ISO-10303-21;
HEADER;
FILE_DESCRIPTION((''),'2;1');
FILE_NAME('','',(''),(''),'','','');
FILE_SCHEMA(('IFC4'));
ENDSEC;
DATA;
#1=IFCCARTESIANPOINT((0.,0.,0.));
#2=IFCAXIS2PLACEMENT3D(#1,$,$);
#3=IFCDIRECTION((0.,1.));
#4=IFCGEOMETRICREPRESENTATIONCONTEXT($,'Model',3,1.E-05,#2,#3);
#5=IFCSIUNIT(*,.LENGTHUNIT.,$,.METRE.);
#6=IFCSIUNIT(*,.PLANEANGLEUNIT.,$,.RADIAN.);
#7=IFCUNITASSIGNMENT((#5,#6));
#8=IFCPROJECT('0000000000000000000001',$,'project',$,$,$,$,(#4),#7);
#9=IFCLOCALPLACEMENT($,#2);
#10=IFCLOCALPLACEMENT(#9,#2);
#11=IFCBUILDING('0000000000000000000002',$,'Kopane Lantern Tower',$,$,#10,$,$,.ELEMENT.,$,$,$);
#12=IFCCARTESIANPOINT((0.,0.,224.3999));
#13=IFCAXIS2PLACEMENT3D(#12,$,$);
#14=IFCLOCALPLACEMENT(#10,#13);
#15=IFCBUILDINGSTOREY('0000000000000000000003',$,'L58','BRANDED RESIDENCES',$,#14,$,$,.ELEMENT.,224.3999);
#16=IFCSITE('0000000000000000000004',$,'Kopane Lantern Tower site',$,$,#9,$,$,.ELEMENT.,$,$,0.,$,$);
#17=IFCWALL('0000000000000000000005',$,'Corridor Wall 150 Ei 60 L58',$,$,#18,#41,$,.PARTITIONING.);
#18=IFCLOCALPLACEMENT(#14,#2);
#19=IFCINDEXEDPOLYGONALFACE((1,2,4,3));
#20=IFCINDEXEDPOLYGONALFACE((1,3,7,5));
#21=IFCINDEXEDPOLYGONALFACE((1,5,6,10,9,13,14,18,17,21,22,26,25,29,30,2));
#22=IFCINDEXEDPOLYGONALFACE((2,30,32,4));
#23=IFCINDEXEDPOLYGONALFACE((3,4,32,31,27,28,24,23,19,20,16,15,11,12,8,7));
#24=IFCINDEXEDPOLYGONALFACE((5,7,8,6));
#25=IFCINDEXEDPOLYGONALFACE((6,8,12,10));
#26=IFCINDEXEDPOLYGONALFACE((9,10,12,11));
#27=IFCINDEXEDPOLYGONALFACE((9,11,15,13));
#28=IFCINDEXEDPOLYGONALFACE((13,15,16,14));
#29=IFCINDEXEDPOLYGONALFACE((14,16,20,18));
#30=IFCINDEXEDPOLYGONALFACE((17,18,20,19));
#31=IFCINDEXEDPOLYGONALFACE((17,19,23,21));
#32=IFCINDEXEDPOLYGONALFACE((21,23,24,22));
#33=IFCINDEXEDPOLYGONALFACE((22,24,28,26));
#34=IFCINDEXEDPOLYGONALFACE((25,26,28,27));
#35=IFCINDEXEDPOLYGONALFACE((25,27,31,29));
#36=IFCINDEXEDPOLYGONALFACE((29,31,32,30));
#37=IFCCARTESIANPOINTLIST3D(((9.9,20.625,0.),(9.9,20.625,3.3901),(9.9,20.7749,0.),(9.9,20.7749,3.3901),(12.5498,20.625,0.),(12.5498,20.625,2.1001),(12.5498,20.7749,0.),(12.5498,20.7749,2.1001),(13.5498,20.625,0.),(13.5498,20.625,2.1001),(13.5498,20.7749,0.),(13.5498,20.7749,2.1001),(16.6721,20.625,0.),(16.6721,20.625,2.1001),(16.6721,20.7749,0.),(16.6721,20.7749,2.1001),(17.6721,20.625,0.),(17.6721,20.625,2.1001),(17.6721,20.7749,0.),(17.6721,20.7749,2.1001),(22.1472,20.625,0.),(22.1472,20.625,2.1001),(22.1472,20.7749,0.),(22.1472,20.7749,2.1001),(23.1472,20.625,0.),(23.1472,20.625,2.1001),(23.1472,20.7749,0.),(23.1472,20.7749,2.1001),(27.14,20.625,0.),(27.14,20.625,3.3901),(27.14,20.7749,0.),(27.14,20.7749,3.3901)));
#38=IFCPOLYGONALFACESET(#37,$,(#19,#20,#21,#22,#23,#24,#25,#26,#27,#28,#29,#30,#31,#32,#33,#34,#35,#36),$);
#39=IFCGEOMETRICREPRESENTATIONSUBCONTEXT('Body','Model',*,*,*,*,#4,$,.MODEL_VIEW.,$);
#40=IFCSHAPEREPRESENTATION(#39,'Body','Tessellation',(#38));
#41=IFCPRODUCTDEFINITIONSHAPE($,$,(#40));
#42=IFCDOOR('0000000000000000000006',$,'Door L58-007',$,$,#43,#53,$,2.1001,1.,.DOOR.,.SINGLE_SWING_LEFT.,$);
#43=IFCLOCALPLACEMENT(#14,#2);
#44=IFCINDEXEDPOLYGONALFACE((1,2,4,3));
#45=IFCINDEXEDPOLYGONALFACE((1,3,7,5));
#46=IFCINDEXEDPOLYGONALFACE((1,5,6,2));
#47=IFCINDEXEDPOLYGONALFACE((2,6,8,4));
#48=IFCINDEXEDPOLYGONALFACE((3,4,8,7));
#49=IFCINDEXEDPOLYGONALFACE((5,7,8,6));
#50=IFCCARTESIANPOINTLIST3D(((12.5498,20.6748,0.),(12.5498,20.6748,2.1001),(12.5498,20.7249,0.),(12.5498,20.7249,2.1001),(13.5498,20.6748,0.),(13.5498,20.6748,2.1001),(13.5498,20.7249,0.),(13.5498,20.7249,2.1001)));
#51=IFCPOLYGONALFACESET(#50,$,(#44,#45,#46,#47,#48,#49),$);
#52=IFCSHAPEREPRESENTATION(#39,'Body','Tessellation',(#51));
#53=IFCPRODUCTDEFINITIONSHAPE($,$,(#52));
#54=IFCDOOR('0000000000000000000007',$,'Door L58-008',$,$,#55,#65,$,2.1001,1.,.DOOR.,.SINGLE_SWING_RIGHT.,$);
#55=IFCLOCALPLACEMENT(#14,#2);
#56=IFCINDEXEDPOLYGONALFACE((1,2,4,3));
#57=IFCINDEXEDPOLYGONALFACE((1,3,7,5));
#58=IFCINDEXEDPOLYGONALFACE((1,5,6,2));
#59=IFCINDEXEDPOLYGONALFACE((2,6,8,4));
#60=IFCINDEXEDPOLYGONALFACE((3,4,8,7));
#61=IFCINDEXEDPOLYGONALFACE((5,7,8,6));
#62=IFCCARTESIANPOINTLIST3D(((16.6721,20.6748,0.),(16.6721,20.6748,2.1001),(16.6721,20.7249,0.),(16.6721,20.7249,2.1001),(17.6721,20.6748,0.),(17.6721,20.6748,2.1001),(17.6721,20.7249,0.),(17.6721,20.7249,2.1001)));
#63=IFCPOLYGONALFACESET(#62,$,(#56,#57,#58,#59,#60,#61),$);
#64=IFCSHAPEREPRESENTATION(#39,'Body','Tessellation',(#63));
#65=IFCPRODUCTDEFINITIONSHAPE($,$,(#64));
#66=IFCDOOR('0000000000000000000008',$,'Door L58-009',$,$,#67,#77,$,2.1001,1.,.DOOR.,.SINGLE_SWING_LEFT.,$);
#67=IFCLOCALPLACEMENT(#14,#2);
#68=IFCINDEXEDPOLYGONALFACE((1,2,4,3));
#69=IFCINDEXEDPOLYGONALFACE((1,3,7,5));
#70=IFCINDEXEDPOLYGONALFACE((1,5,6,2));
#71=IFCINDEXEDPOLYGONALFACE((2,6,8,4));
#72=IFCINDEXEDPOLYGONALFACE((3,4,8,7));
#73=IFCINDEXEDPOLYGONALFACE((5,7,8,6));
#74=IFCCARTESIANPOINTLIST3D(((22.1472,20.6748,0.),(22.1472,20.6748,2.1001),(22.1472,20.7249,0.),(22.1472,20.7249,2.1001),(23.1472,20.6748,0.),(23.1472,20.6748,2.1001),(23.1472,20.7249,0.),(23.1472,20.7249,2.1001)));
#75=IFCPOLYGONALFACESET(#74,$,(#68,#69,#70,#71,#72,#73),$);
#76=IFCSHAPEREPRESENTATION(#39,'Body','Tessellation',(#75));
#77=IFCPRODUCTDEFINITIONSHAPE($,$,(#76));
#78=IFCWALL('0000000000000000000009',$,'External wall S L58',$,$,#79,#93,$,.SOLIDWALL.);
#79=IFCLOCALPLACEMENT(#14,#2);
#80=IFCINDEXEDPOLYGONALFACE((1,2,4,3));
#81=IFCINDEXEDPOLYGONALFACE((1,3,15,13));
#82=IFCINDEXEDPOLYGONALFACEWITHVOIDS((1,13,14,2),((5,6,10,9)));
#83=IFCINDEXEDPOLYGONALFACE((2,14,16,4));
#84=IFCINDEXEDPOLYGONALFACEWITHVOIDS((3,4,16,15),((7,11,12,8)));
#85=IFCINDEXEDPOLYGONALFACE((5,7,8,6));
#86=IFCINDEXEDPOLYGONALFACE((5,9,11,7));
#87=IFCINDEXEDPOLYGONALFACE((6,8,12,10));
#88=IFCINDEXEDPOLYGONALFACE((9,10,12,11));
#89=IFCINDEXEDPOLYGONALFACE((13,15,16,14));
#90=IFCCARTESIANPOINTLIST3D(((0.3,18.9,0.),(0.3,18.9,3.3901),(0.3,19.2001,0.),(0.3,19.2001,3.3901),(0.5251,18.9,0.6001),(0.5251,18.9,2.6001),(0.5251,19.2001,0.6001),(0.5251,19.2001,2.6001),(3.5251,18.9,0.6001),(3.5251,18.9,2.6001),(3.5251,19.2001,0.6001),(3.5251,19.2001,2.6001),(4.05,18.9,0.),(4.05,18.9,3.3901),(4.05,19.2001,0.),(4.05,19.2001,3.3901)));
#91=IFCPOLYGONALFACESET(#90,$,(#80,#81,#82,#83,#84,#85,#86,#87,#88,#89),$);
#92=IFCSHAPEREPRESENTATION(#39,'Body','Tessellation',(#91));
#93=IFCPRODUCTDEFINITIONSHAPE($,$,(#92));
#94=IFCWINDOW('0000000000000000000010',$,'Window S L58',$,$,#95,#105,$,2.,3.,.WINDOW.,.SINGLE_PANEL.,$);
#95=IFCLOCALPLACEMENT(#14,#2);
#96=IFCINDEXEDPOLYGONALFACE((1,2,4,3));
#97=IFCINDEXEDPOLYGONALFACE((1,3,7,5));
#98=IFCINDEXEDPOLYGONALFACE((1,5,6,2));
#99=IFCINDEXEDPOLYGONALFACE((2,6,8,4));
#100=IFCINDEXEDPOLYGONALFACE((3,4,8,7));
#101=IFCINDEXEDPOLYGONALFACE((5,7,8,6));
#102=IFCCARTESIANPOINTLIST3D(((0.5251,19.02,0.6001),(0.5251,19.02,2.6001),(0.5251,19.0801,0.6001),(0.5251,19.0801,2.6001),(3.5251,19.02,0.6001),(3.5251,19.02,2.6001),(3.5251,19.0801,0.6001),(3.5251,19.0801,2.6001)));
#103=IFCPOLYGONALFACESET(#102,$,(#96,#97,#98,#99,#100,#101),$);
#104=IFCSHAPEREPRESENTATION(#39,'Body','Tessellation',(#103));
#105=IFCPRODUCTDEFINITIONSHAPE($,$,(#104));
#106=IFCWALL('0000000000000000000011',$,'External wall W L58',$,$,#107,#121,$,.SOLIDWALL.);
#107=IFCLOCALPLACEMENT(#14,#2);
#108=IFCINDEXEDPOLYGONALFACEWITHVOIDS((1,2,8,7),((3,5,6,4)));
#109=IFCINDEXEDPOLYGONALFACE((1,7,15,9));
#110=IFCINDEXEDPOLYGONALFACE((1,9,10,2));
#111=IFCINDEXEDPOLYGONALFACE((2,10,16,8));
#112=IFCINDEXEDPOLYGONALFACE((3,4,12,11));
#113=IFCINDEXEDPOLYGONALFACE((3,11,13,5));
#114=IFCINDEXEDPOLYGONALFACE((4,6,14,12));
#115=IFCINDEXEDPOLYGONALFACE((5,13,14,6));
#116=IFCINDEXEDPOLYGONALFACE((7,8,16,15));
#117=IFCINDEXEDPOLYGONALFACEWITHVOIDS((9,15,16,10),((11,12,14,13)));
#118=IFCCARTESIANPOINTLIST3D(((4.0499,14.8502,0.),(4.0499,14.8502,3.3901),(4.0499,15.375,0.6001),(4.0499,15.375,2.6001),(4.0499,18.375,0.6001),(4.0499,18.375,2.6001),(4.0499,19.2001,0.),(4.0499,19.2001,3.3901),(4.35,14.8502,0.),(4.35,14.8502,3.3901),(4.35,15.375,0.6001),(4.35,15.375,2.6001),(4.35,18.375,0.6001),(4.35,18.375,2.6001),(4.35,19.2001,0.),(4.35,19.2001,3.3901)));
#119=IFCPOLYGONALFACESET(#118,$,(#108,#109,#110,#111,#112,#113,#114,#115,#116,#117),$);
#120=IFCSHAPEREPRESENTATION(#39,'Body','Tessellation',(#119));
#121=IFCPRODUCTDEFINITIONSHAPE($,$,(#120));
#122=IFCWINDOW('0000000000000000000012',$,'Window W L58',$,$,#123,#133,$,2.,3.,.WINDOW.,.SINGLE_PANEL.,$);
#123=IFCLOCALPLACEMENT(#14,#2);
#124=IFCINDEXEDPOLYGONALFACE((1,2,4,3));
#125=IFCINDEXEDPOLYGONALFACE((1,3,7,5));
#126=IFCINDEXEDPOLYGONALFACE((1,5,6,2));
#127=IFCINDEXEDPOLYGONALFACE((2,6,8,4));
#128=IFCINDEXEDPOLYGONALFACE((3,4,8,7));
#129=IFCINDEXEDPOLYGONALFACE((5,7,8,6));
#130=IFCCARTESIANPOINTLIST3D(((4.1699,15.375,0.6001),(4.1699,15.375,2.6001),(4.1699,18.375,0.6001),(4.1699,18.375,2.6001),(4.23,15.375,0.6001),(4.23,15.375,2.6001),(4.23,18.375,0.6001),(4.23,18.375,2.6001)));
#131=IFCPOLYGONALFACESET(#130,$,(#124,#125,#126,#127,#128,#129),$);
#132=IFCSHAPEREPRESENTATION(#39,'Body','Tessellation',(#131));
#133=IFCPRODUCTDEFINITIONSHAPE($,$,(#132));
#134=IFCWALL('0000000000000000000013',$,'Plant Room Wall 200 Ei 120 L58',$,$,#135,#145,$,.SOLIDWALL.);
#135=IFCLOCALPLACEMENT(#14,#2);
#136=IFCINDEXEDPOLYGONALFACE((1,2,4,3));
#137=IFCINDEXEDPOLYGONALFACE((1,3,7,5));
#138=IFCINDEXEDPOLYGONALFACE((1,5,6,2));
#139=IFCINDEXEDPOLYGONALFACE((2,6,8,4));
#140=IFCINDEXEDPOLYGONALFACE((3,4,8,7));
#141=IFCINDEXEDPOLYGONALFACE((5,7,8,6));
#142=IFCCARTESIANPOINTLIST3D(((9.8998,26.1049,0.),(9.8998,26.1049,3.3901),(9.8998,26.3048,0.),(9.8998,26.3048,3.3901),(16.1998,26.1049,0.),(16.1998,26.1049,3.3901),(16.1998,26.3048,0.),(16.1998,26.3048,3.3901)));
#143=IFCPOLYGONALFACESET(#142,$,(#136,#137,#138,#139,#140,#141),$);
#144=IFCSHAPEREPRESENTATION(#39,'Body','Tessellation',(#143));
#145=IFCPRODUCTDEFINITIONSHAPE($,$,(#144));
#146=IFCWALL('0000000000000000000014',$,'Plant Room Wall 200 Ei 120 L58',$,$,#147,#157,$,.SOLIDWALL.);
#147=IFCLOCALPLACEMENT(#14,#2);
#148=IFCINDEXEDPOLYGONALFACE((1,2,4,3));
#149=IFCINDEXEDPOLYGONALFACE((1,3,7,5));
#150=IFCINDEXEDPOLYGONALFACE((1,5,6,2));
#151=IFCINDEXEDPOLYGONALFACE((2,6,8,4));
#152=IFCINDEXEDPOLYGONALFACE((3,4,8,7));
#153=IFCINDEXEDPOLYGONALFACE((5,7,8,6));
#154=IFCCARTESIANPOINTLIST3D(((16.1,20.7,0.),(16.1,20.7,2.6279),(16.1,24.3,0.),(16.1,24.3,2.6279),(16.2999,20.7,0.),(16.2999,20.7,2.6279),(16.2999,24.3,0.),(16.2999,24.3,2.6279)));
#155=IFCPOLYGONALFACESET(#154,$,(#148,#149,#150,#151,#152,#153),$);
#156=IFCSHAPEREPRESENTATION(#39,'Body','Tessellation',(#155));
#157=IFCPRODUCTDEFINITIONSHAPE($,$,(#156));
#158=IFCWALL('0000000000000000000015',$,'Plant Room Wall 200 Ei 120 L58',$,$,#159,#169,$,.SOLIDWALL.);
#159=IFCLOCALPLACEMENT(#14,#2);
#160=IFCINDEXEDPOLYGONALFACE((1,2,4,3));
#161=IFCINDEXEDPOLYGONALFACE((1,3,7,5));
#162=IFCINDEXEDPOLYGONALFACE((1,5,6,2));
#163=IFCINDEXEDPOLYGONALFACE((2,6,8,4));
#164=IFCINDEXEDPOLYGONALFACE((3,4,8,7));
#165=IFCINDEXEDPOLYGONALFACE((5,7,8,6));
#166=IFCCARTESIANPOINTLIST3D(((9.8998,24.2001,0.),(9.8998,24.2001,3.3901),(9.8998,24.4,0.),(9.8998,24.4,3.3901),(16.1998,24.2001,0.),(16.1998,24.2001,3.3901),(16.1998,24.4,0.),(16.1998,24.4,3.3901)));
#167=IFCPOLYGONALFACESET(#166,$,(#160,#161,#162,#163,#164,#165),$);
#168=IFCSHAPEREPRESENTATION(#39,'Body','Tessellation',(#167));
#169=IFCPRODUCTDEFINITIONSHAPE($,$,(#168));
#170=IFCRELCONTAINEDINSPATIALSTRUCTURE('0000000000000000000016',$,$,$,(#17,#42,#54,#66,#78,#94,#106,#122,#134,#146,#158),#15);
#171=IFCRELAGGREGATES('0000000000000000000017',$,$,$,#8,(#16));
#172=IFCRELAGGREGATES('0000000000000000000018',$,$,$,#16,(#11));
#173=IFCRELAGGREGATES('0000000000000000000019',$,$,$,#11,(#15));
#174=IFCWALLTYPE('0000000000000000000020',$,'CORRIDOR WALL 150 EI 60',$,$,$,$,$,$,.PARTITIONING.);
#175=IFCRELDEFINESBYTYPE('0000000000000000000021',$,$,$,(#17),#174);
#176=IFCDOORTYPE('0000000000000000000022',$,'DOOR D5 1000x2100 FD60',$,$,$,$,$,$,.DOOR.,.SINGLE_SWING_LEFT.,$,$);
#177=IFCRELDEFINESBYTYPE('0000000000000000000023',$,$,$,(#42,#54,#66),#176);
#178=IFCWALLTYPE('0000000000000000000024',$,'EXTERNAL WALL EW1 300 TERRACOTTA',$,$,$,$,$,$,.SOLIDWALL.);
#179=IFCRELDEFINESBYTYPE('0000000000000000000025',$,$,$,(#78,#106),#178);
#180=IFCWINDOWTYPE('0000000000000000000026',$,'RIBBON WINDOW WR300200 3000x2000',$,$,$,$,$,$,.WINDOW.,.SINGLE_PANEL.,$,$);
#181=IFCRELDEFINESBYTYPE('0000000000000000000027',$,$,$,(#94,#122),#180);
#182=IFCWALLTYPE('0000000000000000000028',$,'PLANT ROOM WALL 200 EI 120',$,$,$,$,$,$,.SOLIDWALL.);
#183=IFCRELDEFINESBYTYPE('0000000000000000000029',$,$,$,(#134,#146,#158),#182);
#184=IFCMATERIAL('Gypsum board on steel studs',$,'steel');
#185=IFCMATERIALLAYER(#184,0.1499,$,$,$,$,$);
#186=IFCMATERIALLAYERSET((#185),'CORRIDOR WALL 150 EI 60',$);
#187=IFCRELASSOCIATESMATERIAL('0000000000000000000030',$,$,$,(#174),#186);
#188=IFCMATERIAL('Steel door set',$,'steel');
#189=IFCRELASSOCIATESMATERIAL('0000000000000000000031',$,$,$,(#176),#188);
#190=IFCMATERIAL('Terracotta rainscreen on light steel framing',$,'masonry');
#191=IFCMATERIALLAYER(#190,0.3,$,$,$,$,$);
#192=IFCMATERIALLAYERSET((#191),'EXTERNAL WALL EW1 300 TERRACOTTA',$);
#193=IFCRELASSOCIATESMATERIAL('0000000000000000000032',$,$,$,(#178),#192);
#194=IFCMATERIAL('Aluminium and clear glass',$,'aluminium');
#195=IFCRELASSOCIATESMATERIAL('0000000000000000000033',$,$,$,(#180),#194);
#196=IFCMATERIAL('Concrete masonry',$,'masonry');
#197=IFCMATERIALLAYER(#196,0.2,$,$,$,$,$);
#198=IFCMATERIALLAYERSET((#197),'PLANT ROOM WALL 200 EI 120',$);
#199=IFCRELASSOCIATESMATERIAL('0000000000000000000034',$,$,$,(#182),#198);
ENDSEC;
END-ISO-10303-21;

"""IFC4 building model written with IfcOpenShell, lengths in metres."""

from ifc_helpers import new_model, si_unit, direction, frame, frame_2d, origin, place, context, subcontext, project, spatial, rectangle, extrude, material, layer, layer_set, type_object, element, fill, save


model = new_model("IFC4")

# Units and contexts
model_context = context("Model", 3, precision=1e-05, world=origin(), true_north=direction((0.0, 1.0)))
body_context = subcontext(model_context, "Body", "Model", "MODEL_VIEW")
ifc_project = project(units=[si_unit("LENGTHUNIT", "METRE"), si_unit("PLANEANGLEUNIT", "RADIAN")], contexts=[model_context])

# Site, building, storey
site_placement = place(None, origin())
site = spatial("IfcSite", under=ifc_project, at=site_placement, Name="Kopane Lantern Tower site", CompositionType="ELEMENT", RefElevation=0.0)
building_placement = place(site_placement, origin())
building = spatial("IfcBuilding", under=site, at=building_placement, Name="Kopane Lantern Tower", CompositionType="ELEMENT")
storey_placement = place(building_placement, frame((0.0, 0.0, 224.3999)))
storey = spatial("IfcBuildingStorey", under=building, at=storey_placement, Name="L58", Description="BRANDED RESIDENCES", CompositionType="ELEMENT", Elevation=224.3999)

# Wall, openings, doors
ifc_material_1 = material(Name="Gypsum board on steel studs", Category="steel")
ifc_layer_1 = layer(ifc_material_1, 0.1499)
ifc_layer_set_1 = layer_set([ifc_layer_1], Name="CORRIDOR WALL 150 EI 60")
wall_type_1 = type_object("IfcWallType", Name="CORRIDOR WALL 150 EI 60", PredefinedType="PARTITIONING", material=ifc_layer_set_1)
wall_1_placement = place(storey_placement, frame((9.8999, 20.7, 0.0), z_axis=(0.0, 0.0, 1.0), x_axis=(1.0, 0.0, 0.0)))
wall_1 = element("IfcWall", 1, at=wall_1_placement, inside=storey, type_object=wall_type_1, Name="Corridor Wall 150 Ei 60 L58", PredefinedType="PARTITIONING", context=body_context, shape_type="SweptSolid", body=[
    extrude(rectangle(XDim=17.24, YDim=0.1499, at=frame_2d((8.6201, 0.0))), origin(), (0.0, 0.0, 1.0), 3.3901),
])
opening_1_placement = place(wall_1_placement, frame((2.6499, 0.0, 0.0)))
opening_1 = element("IfcOpeningElement", 2, at=opening_1_placement, cuts=wall_1, PredefinedType="OPENING", context=body_context, shape_type="SweptSolid", body=[
    extrude(rectangle(XDim=1.0, YDim=2.1001, at=frame_2d((0.5, 1.05))), frame((0.0, 0.085, 0.0), z_axis=(0.0, -1.0, 0.0), x_axis=(1.0, 0.0, 0.0)), (0.0, 0.0, 1.0), 0.1699),
])
opening_2_placement = place(wall_1_placement, frame((6.7722, 0.0, 0.0)))
opening_2 = element("IfcOpeningElement", 3, at=opening_2_placement, cuts=wall_1, PredefinedType="OPENING", context=body_context, shape_type="SweptSolid", body=[
    extrude(rectangle(XDim=1.0, YDim=2.1001, at=frame_2d((0.5, 1.05))), frame((0.0, 0.085, 0.0), z_axis=(0.0, -1.0, 0.0), x_axis=(1.0, 0.0, 0.0)), (0.0, 0.0, 1.0), 0.1699),
])
opening_3_placement = place(wall_1_placement, frame((12.2473, 0.0, 0.0)))
opening_3 = element("IfcOpeningElement", 4, at=opening_3_placement, cuts=wall_1, PredefinedType="OPENING", context=body_context, shape_type="SweptSolid", body=[
    extrude(rectangle(XDim=1.0, YDim=2.1001, at=frame_2d((0.5, 1.05))), frame((0.0, 0.085, 0.0), z_axis=(0.0, -1.0, 0.0), x_axis=(1.0, 0.0, 0.0)), (0.0, 0.0, 1.0), 0.1699),
])
ifc_material_2 = material(Name="Steel door set", Category="steel")
door_type_1 = type_object("IfcDoorType", Name="DOOR D5 1000x2100 FD60", OperationType="SINGLE_SWING_LEFT", PredefinedType="DOOR", material=ifc_material_2)
door_1_placement = place(opening_1_placement, origin())
door_1 = element("IfcDoor", 5, at=door_1_placement, inside=storey, type_object=door_type_1, Name="Door L58-007", OperationType="SINGLE_SWING_LEFT", OverallHeight=2.1001, OverallWidth=1.0, PredefinedType="DOOR", context=body_context, shape_type="SweptSolid", body=[
    extrude(rectangle(XDim=1.0, YDim=2.1001, at=frame_2d((0.5, 1.05))), frame((0.0, 0.0249, 0.0), z_axis=(0.0, -1.0, 0.0), x_axis=(1.0, 0.0, 0.0)), (0.0, 0.0, 1.0), 0.05),
])
fill(opening_1, door_1)
door_2_placement = place(opening_2_placement, origin())
door_2 = element("IfcDoor", 6, at=door_2_placement, inside=storey, type_object=door_type_1, Name="Door L58-008", OperationType="SINGLE_SWING_RIGHT", OverallHeight=2.1001, OverallWidth=1.0, PredefinedType="DOOR", context=body_context, shape_type="SweptSolid", body=[
    extrude(rectangle(XDim=1.0, YDim=2.1001, at=frame_2d((0.5, 1.05))), frame((0.0, 0.0249, 0.0), z_axis=(0.0, -1.0, 0.0), x_axis=(1.0, 0.0, 0.0)), (0.0, 0.0, 1.0), 0.05),
])
fill(opening_2, door_2)
door_3_placement = place(opening_3_placement, origin())
door_3 = element("IfcDoor", 7, at=door_3_placement, inside=storey, type_object=door_type_1, Name="Door L58-009", OperationType="SINGLE_SWING_LEFT", OverallHeight=2.1001, OverallWidth=1.0, PredefinedType="DOOR", context=body_context, shape_type="SweptSolid", body=[
    extrude(rectangle(XDim=1.0, YDim=2.1001, at=frame_2d((0.5, 1.05))), frame((0.0, 0.0249, 0.0), z_axis=(0.0, -1.0, 0.0), x_axis=(1.0, 0.0, 0.0)), (0.0, 0.0, 1.0), 0.05),
])
fill(opening_3, door_3)

# Walls, openings, windows
ifc_material_3 = material(Name="Terracotta rainscreen on light steel framing", Category="masonry")
ifc_layer_2 = layer(ifc_material_3, 0.3)
ifc_layer_set_2 = layer_set([ifc_layer_2], Name="EXTERNAL WALL EW1 300 TERRACOTTA")
wall_type_2 = type_object("IfcWallType", Name="EXTERNAL WALL EW1 300 TERRACOTTA", PredefinedType="SOLIDWALL", material=ifc_layer_set_2)
wall_2_placement = place(storey_placement, frame((0.3, 19.05, 0.0), z_axis=(0.0, 0.0, 1.0), x_axis=(1.0, 0.0, 0.0)))
wall_2 = element("IfcWall", 8, at=wall_2_placement, inside=storey, type_object=wall_type_2, Name="External wall S L58", PredefinedType="SOLIDWALL", context=body_context, shape_type="SweptSolid", body=[
    extrude(rectangle(XDim=3.75, YDim=0.3, at=frame_2d((1.875, 0.0))), origin(), (0.0, 0.0, 1.0), 3.3901),
])
opening_4_placement = place(wall_2_placement, frame((0.2251, 0.0, 0.6001)))
opening_4 = element("IfcOpeningElement", 9, at=opening_4_placement, cuts=wall_2, PredefinedType="OPENING", context=body_context, shape_type="SweptSolid", body=[
    extrude(rectangle(XDim=3.0, YDim=2.0, at=frame_2d((1.5, 1.0))), frame((0.0, 0.1599, 0.0), z_axis=(0.0, -1.0, 0.0), x_axis=(1.0, 0.0, 0.0)), (0.0, 0.0, 1.0), 0.3201),
])
ifc_material_4 = material(Name="Aluminium and clear glass", Category="aluminium")
window_type = type_object("IfcWindowType", Name="RIBBON WINDOW WR300200 3000x2000", PartitioningType="SINGLE_PANEL", PredefinedType="WINDOW", material=ifc_material_4)
window_1_placement = place(opening_4_placement, origin())
window_1 = element("IfcWindow", 10, at=window_1_placement, inside=storey, type_object=window_type, Name="Window S L58", OverallHeight=2.0, OverallWidth=3.0, PartitioningType="SINGLE_PANEL", PredefinedType="WINDOW", context=body_context, shape_type="SweptSolid", body=[
    extrude(rectangle(XDim=3.0, YDim=2.0, at=frame_2d((1.5, 1.0))), frame((0.0, 0.03, 0.0), z_axis=(0.0, -1.0, 0.0), x_axis=(1.0, 0.0, 0.0)), (0.0, 0.0, 1.0), 0.0601),
])
fill(opening_4, window_1)
wall_3_placement = place(storey_placement, frame((4.2, 19.2, 0.0), z_axis=(0.0, 0.0, 1.0), x_axis=(0.0, -1.0, 0.0)))
wall_3 = element("IfcWall", 11, at=wall_3_placement, inside=storey, type_object=wall_type_2, Name="External wall W L58", PredefinedType="SOLIDWALL", context=body_context, shape_type="SweptSolid", body=[
    extrude(rectangle(XDim=4.3499, YDim=0.3, at=frame_2d((2.1748, 0.0))), origin(), (0.0, 0.0, 1.0), 3.3901),
])
opening_5_placement = place(wall_3_placement, frame((0.825, 0.0, 0.6001)))
opening_5 = element("IfcOpeningElement", 12, at=opening_5_placement, cuts=wall_3, PredefinedType="OPENING", context=body_context, shape_type="SweptSolid", body=[
    extrude(rectangle(XDim=3.0, YDim=2.0, at=frame_2d((1.5, 1.0))), frame((0.0, 0.1599, 0.0), z_axis=(0.0, -1.0, 0.0), x_axis=(1.0, 0.0, 0.0)), (0.0, 0.0, 1.0), 0.3201),
])
window_2_placement = place(opening_5_placement, origin())
window_2 = element("IfcWindow", 13, at=window_2_placement, inside=storey, type_object=window_type, Name="Window W L58", OverallHeight=2.0, OverallWidth=3.0, PartitioningType="SINGLE_PANEL", PredefinedType="WINDOW", context=body_context, shape_type="SweptSolid", body=[
    extrude(rectangle(XDim=3.0, YDim=2.0, at=frame_2d((1.5, 1.0))), frame((0.0, 0.03, 0.0), z_axis=(0.0, -1.0, 0.0), x_axis=(1.0, 0.0, 0.0)), (0.0, 0.0, 1.0), 0.0601),
])
fill(opening_5, window_2)

# Walls
ifc_material_5 = material(Name="Concrete masonry", Category="masonry")
ifc_layer_3 = layer(ifc_material_5, 0.2)
ifc_layer_set_3 = layer_set([ifc_layer_3], Name="PLANT ROOM WALL 200 EI 120")
wall_type_3 = type_object("IfcWallType", Name="PLANT ROOM WALL 200 EI 120", PredefinedType="SOLIDWALL", material=ifc_layer_set_3)
wall_4_placement = place(storey_placement, frame((9.8999, 26.2048, 0.0), z_axis=(0.0, 0.0, 1.0), x_axis=(1.0, 0.0, 0.0)))
element("IfcWall", 14, at=wall_4_placement, inside=storey, type_object=wall_type_3, Name="Plant Room Wall 200 Ei 120 L58", PredefinedType="SOLIDWALL", context=body_context, shape_type="SweptSolid", body=[
    extrude(rectangle(XDim=6.3, YDim=0.2, at=frame_2d((3.1499, 0.0))), origin(), (0.0, 0.0, 1.0), 3.3901),
])
wall_5_placement = place(storey_placement, frame((16.2, 20.7, 0.0), z_axis=(0.0, 0.0, 1.0), x_axis=(0.0, 1.0, 0.0)))
element("IfcWall", 15, at=wall_5_placement, inside=storey, type_object=wall_type_3, Name="Plant Room Wall 200 Ei 120 L58", PredefinedType="SOLIDWALL", context=body_context, shape_type="SweptSolid", body=[
    extrude(rectangle(XDim=3.6001, YDim=0.2, at=frame_2d((1.8, 0.0))), origin(), (0.0, 0.0, 1.0), 2.6279),
])
wall_6_placement = place(storey_placement, frame((9.8999, 24.3, 0.0), z_axis=(0.0, 0.0, 1.0), x_axis=(1.0, 0.0, 0.0)))
element("IfcWall", 16, at=wall_6_placement, inside=storey, type_object=wall_type_3, Name="Plant Room Wall 200 Ei 120 L58", PredefinedType="SOLIDWALL", context=body_context, shape_type="SweptSolid", body=[
    extrude(rectangle(XDim=6.3, YDim=0.2, at=frame_2d((3.1499, 0.0))), origin(), (0.0, 0.0, 1.0), 3.3901),
])

save(model, "model.ifc")
